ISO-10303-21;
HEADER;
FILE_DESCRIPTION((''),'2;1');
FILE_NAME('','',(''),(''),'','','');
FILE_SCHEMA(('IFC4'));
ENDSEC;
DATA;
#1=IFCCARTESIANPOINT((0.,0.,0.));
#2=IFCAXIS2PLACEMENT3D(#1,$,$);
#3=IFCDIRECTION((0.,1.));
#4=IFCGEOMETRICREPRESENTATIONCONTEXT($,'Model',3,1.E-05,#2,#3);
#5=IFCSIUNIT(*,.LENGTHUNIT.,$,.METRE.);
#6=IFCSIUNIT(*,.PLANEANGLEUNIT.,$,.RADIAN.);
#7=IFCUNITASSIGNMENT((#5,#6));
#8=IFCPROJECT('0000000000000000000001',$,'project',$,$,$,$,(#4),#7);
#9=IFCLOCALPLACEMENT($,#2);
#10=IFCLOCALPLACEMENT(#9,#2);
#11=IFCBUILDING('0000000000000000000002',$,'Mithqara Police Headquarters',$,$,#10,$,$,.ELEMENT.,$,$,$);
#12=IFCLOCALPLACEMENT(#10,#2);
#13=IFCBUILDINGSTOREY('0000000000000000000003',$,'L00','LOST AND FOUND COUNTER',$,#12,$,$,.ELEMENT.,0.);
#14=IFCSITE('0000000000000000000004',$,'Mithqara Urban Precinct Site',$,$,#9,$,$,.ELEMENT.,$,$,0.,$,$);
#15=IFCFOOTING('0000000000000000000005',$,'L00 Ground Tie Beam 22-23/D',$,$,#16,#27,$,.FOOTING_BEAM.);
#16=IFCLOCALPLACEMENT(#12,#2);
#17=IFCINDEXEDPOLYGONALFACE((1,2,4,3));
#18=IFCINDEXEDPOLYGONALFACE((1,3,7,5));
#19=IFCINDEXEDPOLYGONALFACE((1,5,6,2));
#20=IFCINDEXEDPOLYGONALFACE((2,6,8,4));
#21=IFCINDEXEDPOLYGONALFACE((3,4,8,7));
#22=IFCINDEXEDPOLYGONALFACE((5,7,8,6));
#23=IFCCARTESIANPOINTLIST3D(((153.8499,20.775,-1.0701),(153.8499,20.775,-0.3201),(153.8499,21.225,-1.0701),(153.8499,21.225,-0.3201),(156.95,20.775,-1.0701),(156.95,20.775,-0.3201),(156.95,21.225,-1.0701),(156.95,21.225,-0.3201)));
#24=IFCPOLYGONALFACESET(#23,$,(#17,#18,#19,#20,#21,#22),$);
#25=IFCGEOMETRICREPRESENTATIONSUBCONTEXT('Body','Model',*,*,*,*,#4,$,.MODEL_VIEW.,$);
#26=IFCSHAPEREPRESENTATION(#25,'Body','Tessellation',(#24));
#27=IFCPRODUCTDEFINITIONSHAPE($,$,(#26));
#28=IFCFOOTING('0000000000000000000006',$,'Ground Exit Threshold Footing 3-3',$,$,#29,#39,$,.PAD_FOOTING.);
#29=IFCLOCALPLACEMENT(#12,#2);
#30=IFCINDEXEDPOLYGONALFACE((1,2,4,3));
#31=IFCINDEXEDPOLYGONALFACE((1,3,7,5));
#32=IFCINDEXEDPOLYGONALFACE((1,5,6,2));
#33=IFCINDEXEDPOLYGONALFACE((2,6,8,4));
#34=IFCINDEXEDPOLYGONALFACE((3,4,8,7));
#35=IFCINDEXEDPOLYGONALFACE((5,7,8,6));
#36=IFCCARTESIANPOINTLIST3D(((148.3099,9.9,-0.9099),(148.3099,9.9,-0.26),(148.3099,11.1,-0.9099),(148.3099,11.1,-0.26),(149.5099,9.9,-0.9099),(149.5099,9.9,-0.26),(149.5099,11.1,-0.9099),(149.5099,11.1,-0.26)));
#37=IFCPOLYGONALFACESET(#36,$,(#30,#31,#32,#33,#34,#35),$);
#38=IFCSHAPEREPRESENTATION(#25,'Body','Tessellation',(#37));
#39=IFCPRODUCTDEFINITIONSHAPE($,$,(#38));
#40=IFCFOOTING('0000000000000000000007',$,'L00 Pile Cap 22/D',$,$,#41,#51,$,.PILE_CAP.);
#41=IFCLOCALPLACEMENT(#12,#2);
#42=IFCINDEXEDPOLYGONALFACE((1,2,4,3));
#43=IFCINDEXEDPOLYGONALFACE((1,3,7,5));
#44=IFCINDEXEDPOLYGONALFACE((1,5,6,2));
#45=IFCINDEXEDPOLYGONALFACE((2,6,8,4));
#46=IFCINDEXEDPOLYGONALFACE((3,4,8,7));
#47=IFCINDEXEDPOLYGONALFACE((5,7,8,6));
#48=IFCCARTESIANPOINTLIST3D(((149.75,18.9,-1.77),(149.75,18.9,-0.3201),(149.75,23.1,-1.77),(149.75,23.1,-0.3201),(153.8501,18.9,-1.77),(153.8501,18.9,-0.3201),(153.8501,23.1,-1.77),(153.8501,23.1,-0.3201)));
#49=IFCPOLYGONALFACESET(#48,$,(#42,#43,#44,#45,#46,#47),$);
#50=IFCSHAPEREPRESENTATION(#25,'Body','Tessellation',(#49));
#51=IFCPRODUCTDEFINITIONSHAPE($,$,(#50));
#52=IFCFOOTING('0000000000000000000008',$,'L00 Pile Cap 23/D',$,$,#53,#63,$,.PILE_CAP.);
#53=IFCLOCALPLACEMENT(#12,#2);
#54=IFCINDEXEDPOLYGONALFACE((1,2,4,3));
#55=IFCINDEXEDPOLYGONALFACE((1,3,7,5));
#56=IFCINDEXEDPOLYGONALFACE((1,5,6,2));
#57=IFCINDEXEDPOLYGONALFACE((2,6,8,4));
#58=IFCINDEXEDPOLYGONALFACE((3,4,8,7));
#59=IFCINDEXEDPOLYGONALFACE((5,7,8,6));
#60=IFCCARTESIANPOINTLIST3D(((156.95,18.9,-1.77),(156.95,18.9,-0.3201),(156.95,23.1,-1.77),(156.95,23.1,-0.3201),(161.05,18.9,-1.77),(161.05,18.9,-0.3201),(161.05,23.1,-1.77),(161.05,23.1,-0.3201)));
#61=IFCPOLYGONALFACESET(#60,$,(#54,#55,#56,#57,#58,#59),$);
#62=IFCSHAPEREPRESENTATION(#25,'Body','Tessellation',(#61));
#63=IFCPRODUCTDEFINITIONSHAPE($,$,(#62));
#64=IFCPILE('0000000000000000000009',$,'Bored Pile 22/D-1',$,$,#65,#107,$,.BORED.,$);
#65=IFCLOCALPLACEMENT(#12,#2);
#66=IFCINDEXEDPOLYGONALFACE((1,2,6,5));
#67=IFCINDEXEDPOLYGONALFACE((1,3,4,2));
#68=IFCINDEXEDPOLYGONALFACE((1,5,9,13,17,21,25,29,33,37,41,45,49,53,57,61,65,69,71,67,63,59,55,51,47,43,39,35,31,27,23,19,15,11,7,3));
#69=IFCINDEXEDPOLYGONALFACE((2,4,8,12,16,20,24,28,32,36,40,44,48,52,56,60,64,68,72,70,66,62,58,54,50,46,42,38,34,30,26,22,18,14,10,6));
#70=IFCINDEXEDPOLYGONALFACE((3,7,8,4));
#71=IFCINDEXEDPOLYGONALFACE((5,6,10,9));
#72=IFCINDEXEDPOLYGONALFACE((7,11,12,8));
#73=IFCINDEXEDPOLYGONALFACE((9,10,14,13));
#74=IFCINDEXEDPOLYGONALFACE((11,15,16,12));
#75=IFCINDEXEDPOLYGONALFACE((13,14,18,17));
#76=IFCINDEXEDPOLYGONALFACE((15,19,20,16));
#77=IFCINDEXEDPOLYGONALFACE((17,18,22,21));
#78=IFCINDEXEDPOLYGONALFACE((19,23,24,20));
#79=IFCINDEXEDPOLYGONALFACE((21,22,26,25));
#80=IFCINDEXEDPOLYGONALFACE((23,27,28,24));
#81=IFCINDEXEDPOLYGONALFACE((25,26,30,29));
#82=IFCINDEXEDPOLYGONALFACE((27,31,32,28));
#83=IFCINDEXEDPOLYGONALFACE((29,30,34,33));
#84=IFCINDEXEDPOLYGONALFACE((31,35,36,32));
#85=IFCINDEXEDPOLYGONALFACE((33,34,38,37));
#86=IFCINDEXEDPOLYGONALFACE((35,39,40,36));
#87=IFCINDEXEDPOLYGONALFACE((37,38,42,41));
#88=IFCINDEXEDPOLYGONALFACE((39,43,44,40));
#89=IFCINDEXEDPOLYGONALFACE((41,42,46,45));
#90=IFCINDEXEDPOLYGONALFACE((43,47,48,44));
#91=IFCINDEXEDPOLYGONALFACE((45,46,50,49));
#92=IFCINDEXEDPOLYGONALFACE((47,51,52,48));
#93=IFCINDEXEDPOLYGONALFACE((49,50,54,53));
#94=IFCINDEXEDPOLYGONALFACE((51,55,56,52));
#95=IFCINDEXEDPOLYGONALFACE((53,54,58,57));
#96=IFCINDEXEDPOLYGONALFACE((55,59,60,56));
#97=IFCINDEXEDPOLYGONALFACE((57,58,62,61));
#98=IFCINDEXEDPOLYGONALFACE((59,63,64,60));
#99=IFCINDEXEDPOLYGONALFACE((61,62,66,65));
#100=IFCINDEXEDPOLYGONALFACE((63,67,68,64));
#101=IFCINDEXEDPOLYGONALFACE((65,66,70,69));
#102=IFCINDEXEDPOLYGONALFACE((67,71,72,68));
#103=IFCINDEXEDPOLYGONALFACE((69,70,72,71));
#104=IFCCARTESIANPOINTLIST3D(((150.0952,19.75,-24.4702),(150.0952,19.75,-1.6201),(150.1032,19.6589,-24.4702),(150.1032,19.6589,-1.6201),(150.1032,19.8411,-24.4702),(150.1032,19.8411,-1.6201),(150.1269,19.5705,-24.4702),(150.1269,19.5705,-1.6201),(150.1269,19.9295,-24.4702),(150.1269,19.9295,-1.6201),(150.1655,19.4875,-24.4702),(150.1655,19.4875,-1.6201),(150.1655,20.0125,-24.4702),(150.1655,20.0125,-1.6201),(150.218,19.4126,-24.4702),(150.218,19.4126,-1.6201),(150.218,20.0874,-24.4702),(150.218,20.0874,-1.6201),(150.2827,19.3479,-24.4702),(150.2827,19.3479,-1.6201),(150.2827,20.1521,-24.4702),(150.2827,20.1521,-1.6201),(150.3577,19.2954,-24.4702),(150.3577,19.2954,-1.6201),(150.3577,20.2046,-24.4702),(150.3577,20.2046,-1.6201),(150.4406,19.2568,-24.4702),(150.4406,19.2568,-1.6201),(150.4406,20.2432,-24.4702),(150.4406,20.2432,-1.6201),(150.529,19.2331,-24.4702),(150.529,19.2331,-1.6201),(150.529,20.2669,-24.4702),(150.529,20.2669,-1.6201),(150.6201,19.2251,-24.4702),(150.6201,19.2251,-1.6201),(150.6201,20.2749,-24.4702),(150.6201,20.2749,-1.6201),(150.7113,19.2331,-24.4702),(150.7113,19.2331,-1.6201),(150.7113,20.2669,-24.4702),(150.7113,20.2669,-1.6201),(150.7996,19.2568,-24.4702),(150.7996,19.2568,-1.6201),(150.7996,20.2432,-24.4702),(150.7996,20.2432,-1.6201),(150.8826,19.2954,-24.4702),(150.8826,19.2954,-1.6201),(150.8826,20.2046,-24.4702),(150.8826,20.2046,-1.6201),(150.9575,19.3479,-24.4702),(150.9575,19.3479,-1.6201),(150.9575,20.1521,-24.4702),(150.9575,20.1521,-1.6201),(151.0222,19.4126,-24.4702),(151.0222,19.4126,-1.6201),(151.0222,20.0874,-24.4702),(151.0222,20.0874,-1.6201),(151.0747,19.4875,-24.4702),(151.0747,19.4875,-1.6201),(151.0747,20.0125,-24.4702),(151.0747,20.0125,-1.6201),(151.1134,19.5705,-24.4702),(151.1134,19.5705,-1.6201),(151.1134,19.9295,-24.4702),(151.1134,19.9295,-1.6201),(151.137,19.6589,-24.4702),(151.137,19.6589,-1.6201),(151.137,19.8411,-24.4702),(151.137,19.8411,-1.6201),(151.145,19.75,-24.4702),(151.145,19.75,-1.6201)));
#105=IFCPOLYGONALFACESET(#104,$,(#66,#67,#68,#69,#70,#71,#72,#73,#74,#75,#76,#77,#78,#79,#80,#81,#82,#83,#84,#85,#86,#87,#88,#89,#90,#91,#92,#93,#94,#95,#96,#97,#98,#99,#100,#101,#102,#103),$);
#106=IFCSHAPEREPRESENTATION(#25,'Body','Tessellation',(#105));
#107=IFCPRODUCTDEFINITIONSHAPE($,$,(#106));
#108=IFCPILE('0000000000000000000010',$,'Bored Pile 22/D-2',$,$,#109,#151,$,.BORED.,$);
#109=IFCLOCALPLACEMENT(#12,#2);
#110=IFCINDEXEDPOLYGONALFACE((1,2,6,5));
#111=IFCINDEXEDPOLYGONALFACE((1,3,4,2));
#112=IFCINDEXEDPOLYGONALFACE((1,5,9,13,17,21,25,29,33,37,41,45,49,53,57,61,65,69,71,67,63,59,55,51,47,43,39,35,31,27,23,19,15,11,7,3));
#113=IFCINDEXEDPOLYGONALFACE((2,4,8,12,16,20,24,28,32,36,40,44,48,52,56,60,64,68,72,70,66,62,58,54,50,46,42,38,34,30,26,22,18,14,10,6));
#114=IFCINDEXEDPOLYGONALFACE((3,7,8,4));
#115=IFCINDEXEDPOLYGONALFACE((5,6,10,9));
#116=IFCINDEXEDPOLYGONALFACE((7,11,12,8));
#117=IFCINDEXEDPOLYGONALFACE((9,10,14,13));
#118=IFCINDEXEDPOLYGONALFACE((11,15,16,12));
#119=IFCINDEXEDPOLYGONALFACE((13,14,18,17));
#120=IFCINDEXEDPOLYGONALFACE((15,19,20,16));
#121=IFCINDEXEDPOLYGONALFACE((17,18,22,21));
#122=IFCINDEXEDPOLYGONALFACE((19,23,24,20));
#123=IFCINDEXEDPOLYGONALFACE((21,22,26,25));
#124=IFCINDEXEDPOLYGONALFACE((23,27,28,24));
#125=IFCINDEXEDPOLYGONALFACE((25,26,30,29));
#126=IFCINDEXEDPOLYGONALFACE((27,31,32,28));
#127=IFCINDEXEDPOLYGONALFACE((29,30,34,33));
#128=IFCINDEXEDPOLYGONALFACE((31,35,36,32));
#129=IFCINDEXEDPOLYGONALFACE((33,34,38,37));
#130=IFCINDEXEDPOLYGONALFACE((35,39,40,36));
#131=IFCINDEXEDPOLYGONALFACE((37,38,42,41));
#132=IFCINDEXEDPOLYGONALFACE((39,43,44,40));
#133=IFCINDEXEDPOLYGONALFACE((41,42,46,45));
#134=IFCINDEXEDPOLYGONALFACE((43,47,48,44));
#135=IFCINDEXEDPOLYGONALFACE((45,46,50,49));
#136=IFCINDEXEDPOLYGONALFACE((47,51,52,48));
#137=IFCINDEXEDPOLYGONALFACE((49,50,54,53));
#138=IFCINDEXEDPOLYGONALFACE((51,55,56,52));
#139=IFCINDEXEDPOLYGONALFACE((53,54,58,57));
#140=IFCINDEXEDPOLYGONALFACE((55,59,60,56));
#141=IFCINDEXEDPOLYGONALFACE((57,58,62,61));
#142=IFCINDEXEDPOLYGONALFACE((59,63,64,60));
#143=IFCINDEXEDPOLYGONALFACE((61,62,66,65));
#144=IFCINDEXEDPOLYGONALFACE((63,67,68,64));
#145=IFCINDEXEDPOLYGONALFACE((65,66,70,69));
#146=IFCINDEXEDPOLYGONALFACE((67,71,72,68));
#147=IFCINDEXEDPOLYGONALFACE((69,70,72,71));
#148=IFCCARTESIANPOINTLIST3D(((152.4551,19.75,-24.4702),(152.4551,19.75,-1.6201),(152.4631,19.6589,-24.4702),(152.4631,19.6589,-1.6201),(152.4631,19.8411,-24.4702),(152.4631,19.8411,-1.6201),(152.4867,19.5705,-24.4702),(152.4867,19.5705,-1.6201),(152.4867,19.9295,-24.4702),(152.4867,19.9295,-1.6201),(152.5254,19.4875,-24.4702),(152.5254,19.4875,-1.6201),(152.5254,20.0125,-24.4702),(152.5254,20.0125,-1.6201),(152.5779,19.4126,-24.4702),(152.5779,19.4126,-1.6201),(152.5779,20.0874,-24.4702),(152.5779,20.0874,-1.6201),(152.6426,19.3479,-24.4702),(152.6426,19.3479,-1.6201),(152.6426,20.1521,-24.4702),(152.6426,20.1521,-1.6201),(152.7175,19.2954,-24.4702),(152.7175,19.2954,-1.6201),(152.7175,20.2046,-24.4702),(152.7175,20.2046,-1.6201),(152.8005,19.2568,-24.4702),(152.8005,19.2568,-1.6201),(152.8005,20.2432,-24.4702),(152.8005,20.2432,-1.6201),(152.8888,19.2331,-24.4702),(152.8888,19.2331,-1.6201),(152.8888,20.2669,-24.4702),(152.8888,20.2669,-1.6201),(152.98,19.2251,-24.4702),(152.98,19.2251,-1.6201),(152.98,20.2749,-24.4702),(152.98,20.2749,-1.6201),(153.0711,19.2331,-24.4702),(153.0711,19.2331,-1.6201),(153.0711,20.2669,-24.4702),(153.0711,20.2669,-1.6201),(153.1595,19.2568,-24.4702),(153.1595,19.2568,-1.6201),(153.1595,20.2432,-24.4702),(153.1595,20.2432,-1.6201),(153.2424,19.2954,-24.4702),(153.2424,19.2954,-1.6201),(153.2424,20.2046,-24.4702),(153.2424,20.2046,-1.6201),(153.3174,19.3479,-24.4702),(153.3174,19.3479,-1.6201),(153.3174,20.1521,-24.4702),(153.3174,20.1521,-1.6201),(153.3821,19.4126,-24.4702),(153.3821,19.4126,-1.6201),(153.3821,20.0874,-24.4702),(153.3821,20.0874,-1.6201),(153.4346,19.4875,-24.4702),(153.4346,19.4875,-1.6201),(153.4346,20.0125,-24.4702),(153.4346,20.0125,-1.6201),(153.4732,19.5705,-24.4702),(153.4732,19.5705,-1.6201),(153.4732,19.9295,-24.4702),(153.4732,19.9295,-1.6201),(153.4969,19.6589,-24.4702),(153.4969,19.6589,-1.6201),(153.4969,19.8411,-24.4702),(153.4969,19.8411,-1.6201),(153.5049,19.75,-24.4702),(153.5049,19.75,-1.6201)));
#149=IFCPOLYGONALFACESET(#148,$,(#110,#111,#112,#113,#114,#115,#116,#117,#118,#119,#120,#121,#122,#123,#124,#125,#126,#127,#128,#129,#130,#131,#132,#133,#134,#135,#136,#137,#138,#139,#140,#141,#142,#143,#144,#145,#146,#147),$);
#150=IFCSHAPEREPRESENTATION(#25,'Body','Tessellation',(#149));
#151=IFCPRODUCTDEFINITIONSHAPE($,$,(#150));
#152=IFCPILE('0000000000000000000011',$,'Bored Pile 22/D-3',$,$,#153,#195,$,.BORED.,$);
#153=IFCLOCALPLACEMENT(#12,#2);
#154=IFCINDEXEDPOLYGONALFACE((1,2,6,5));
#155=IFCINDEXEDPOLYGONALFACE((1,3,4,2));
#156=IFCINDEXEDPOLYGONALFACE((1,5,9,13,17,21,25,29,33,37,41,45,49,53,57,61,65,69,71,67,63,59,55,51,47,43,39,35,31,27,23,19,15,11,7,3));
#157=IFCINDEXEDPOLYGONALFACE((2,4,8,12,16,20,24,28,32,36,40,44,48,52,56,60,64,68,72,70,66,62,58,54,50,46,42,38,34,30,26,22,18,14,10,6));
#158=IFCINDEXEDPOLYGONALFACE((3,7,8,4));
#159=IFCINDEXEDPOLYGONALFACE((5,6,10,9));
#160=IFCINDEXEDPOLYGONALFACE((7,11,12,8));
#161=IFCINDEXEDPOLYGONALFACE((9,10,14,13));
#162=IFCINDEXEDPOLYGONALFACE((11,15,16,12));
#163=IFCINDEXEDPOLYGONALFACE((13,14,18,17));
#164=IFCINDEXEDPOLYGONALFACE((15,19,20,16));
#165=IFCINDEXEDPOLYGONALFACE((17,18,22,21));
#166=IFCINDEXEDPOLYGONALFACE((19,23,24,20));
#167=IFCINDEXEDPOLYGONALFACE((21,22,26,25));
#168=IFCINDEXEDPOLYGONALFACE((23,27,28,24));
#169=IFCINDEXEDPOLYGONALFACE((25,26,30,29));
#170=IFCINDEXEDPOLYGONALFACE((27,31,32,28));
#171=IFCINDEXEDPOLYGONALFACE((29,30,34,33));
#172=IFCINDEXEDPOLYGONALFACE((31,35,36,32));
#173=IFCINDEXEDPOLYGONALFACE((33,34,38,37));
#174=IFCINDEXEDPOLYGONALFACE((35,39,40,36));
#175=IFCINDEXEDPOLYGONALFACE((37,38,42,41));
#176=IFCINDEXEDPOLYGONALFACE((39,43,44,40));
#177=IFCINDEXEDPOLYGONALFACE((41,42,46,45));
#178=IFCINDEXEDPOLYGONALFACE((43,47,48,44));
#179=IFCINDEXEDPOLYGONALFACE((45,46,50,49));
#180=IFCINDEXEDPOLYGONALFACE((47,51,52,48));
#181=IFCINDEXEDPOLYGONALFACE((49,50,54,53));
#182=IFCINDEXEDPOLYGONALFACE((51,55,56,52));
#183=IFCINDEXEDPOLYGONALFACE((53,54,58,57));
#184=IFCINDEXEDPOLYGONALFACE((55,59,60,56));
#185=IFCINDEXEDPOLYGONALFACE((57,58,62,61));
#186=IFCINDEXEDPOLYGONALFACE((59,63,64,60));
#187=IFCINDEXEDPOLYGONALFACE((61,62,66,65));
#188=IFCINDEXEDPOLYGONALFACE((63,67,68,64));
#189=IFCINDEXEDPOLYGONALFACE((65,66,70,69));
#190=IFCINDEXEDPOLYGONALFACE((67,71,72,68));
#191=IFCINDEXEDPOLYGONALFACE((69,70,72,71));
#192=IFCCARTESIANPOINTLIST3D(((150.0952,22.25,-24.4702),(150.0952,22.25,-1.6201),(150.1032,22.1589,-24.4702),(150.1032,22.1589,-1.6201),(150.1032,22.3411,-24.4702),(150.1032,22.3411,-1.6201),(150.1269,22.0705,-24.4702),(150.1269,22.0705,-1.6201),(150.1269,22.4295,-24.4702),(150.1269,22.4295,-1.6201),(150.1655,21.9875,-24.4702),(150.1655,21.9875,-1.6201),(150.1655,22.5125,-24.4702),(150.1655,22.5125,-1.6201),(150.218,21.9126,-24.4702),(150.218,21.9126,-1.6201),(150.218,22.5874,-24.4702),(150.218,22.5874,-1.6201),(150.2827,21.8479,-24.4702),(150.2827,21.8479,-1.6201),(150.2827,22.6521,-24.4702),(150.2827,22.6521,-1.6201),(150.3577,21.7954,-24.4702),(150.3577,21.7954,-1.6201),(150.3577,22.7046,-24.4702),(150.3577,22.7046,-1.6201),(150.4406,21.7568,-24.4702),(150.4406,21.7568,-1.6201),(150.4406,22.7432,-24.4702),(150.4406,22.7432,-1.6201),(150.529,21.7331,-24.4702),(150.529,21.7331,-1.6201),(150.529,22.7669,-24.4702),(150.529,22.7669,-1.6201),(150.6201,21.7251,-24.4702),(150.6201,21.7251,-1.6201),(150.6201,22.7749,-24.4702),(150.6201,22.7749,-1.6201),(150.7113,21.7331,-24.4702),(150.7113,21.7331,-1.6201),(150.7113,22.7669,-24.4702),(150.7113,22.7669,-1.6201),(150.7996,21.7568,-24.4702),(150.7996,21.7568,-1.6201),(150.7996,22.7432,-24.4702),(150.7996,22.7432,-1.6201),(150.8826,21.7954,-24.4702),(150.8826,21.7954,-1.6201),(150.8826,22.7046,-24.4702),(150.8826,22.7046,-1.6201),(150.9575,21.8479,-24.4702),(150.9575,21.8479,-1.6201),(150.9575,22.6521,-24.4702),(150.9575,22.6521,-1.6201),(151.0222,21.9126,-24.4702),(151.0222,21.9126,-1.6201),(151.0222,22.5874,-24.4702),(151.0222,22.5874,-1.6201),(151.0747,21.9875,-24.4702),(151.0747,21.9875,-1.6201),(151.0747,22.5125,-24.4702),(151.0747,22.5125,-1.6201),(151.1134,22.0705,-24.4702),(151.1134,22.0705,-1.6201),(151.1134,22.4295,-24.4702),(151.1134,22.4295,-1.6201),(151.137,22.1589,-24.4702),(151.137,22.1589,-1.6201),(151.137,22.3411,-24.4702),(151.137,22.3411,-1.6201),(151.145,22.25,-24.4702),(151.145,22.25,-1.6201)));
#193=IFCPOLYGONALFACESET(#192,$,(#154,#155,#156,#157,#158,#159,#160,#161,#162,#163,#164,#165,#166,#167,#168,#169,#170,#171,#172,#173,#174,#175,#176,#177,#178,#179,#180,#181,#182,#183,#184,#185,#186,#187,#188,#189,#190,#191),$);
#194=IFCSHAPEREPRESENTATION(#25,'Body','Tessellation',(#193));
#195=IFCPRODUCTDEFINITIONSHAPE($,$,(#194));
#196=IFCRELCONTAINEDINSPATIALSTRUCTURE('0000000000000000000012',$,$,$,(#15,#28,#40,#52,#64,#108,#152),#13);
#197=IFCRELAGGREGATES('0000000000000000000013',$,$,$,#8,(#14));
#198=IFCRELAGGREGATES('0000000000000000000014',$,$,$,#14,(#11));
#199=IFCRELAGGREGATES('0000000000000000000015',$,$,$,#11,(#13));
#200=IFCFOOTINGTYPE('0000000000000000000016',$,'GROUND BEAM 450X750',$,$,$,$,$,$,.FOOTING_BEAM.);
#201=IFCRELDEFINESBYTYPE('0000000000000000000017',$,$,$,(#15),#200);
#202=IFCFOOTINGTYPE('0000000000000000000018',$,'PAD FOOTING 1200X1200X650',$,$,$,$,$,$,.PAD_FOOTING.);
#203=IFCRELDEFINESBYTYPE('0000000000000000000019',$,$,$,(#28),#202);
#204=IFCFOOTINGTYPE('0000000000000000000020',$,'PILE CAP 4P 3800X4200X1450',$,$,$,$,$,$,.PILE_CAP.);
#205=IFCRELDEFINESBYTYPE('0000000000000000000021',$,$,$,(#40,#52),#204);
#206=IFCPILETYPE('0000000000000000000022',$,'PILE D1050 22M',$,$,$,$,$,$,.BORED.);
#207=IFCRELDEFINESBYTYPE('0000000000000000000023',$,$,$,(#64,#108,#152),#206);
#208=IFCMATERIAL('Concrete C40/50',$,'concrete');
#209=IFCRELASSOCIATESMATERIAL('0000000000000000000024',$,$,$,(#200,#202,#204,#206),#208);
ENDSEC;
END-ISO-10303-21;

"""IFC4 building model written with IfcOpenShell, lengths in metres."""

from ifc_helpers import new_model, si_unit, direction, frame, origin, origin_2d, place, context, subcontext, project, spatial, rectangle, circle, extrude, material, material_profile, profile_set, type_object, element, save


model = new_model("IFC4")

# Units and contexts
model_context = context("Model", 3, precision=1e-05, world=origin(), true_north=direction((0.0, 1.0)))
body_context = subcontext(model_context, "Body", "Model", "MODEL_VIEW")
ifc_project = project(units=[si_unit("LENGTHUNIT", "METRE"), si_unit("PLANEANGLEUNIT", "RADIAN")], contexts=[model_context])

# Site, building, storey
site_placement = place(None, origin())
site = spatial("IfcSite", under=ifc_project, at=site_placement, Name="Mithqara Urban Precinct Site", CompositionType="ELEMENT", RefElevation=0.0)
building_placement = place(site_placement, origin())
building = spatial("IfcBuilding", under=site, at=building_placement, Name="Mithqara Police Headquarters", CompositionType="ELEMENT")
storey_placement = place(building_placement, origin())
storey = spatial("IfcBuildingStorey", under=building, at=storey_placement, Name="L00", Description="LOST AND FOUND COUNTER", CompositionType="ELEMENT", Elevation=0.0)

# Footings
ifc_material_1 = material(Name="Concrete C40/50", Category="concrete")
footing_type_1 = type_object("IfcFootingType", Name="GROUND BEAM 450X750", PredefinedType="FOOTING_BEAM", material=ifc_material_1)
footing_1_placement = place(storey_placement, frame((155.3999, 21.0, -1.0701), z_axis=(0.0, 0.0, 1.0), x_axis=(1.0, 0.0, 0.0)))
element("IfcFooting", 1, at=footing_1_placement, inside=storey, type_object=footing_type_1, Name="L00 Ground Tie Beam 22-23/D", PredefinedType="FOOTING_BEAM", context=body_context, shape_type="SweptSolid", body=[
    extrude(rectangle(XDim=3.1001, YDim=0.45, at=origin_2d()), origin(), (0.0, 0.0, 1.0), 0.75),
])
footing_type_2 = type_object("IfcFootingType", Name="PAD FOOTING 1200X1200X650", PredefinedType="PAD_FOOTING", material=ifc_material_1)
footing_2_placement = place(storey_placement, frame((148.9099, 10.5, -0.9099), z_axis=(0.0, 0.0, 1.0), x_axis=(1.0, 0.0, 0.0)))
element("IfcFooting", 2, at=footing_2_placement, inside=storey, type_object=footing_type_2, Name="Ground Exit Threshold Footing 3-3", PredefinedType="PAD_FOOTING", context=body_context, shape_type="SweptSolid", body=[
    extrude(rectangle(XDim=1.2, YDim=1.2, at=origin_2d()), origin(), (0.0, 0.0, 1.0), 0.6499),
])
footing_type_3 = type_object("IfcFootingType", Name="PILE CAP 4P 3800X4200X1450", PredefinedType="PILE_CAP", material=ifc_material_1)
for number, where, z_axis, x_axis, name in (
    (3, (151.8, 21.0, -1.77), (0.0, 0.0, 1.0), (1.0, 0.0, 0.0), "L00 Pile Cap 22/D"),
    (4, (159.0, 21.0, -1.77), (0.0, 0.0, 1.0), (1.0, 0.0, 0.0), "L00 Pile Cap 23/D"),
):
    element("IfcFooting", number, at=place(storey_placement, frame(where, z_axis=z_axis, x_axis=x_axis)), inside=storey, type_object=footing_type_3, Name=name, PredefinedType="PILE_CAP", context=body_context, shape_type="SweptSolid", body=[
        extrude(rectangle(XDim=4.1001, YDim=4.2, at=origin_2d()), origin(), (0.0, 0.0, 1.0), 1.45),
    ])

# Piles
ifc_material_profile_1 = material_profile(ifc_material_1, circle(Radius=0.5249, at=origin_2d()), Name="PILE D1050")
ifc_profile_set_1 = profile_set([ifc_material_profile_1], Name="Concrete C40/50")
pile_type = type_object("IfcPileType", Name="PILE D1050 22M", PredefinedType="BORED", material=ifc_profile_set_1)
for number, where, z_axis, x_axis, name in (
    (5, (150.6201, 19.75, -1.6201), (0.0, 0.0, -1.0), (1.0, 0.0, 0.0), "Bored Pile 22/D-1"),
    (6, (152.98, 19.75, -1.6201), (0.0, 0.0, -1.0), (1.0, 0.0, 0.0), "Bored Pile 22/D-2"),
    (7, (150.6201, 22.25, -1.6201), (0.0, 0.0, -1.0), (1.0, 0.0, 0.0), "Bored Pile 22/D-3"),
):
    element("IfcPile", number, at=place(storey_placement, frame(where, z_axis=z_axis, x_axis=x_axis)), inside=storey, type_object=pile_type, Name=name, PredefinedType="BORED", context=body_context, shape_type="SweptSolid", body=[
        extrude(circle(Radius=0.5249, at=origin_2d()), origin(), (0.0, 0.0, 1.0), 22.8501),
    ])

save(model, "model.ifc")
